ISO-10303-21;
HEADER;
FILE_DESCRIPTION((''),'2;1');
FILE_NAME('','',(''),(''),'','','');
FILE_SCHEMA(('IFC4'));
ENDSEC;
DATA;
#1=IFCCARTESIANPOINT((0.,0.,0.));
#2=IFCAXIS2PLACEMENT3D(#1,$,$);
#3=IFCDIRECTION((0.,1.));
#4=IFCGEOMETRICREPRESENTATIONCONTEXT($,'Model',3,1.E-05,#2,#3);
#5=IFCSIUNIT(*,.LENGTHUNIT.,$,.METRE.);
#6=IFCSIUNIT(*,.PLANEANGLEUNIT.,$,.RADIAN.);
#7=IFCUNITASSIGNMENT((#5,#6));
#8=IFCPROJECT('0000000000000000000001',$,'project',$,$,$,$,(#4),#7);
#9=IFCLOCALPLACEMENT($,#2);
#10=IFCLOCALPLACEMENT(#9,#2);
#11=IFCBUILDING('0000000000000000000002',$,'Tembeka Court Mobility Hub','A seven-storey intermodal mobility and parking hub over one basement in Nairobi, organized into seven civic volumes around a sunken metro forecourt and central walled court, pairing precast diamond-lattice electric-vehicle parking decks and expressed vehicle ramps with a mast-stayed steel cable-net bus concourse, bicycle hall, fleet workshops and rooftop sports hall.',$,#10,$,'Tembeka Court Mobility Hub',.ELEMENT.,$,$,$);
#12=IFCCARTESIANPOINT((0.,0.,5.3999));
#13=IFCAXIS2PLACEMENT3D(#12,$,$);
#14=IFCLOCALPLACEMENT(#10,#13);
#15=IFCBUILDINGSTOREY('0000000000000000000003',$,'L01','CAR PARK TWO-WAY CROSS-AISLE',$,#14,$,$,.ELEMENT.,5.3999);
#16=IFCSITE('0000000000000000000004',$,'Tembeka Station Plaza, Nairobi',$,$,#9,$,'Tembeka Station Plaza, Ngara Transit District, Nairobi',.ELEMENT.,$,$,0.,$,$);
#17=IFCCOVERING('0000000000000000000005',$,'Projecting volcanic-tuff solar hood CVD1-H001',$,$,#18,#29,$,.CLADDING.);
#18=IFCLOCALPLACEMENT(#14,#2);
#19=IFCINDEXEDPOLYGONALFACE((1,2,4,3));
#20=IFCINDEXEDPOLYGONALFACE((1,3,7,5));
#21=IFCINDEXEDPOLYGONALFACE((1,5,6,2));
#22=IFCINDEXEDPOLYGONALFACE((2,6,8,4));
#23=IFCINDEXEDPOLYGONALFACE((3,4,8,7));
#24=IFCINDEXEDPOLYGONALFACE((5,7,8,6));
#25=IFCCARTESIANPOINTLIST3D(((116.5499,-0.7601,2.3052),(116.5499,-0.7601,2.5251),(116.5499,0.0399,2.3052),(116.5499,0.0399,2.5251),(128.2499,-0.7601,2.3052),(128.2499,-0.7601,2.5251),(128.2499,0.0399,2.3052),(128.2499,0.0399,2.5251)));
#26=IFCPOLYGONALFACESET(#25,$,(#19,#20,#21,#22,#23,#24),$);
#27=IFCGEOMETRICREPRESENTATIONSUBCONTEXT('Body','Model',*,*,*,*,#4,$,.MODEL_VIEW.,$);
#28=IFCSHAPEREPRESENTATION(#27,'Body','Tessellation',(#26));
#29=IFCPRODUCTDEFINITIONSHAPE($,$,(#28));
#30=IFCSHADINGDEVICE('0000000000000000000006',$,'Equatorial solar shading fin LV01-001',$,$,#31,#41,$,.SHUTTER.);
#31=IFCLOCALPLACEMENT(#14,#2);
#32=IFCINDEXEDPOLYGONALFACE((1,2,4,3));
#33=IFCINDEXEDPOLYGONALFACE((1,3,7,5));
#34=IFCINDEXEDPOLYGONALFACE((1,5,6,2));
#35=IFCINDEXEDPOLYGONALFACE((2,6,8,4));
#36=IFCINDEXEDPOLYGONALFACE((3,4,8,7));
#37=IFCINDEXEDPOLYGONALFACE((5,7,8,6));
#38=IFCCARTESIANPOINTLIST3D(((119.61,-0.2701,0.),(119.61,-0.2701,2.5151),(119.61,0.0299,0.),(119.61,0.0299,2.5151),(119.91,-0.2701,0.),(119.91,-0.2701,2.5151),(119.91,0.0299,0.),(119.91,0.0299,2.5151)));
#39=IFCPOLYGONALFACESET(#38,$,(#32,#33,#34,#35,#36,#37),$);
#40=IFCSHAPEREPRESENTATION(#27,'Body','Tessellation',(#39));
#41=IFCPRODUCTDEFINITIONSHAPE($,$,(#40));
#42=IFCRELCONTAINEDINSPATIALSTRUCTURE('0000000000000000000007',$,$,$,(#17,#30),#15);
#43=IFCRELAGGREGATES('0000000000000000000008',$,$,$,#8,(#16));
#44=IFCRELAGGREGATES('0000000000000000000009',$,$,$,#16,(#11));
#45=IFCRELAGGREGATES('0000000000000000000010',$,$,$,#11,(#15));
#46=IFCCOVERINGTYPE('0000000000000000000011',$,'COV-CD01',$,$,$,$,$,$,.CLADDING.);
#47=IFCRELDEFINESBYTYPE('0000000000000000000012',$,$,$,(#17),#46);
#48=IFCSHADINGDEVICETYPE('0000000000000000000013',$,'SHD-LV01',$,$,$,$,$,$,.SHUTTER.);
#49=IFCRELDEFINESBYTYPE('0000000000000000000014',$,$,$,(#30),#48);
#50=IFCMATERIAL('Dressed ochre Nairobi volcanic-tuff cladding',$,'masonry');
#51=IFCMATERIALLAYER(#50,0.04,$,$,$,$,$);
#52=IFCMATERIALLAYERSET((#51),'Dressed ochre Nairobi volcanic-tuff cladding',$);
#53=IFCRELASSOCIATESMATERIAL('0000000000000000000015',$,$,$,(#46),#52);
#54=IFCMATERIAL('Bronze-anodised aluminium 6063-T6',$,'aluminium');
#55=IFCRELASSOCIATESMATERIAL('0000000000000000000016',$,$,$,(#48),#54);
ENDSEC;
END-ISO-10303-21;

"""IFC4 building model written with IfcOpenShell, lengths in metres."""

from ifc_helpers import new_model, si_unit, direction, frame, origin, origin_2d, place, context, subcontext, project, spatial, rectangle, extrude, material, layer, layer_set, material_profile, profile_set, type_object, element, save


model = new_model("IFC4")

# Units and contexts
model_context = context("Model", 3, precision=1e-05, world=origin(), true_north=direction((0.0, 1.0)))
body_context = subcontext(model_context, "Body", "Model", "MODEL_VIEW")
ifc_project = project(units=[si_unit("LENGTHUNIT", "METRE"), si_unit("PLANEANGLEUNIT", "RADIAN")], contexts=[model_context])

# Site, building, storey
site_placement = place(None, origin())
site = spatial("IfcSite", under=ifc_project, at=site_placement, Name="Tembeka Station Plaza, Nairobi", LongName="Tembeka Station Plaza, Ngara Transit District, Nairobi", CompositionType="ELEMENT", RefElevation=0.0)
building_placement = place(site_placement, origin())
building = spatial("IfcBuilding", under=site, at=building_placement, Name="Tembeka Court Mobility Hub", Description="A seven-storey intermodal mobility and parking hub over one basement in Nairobi, organized into seven civic volumes around a sunken metro forecourt and central walled court, pairing precast diamond-lattice electric-vehicle parking decks and expressed vehicle ramps with a mast-stayed steel cable-net bus concourse, bicycle hall, fleet workshops and rooftop sports hall.", LongName="Tembeka Court Mobility Hub", CompositionType="ELEMENT")
storey_placement = place(building_placement, frame((0.0, 0.0, 5.3999)))
storey = spatial("IfcBuildingStorey", under=building, at=storey_placement, Name="L01", Description="CAR PARK TWO-WAY CROSS-AISLE", CompositionType="ELEMENT", Elevation=5.3999)

# Covering
ifc_material_1 = material(Name="Dressed ochre Nairobi volcanic-tuff cladding", Category="masonry")
ifc_layer_1 = layer(ifc_material_1, 0.04)
ifc_layer_set_1 = layer_set([ifc_layer_1], Name="Dressed ochre Nairobi volcanic-tuff cladding")
covering_type = type_object("IfcCoveringType", Name="COV-CD01", PredefinedType="CLADDING", material=ifc_layer_set_1)
covering_placement = place(storey_placement, frame((122.3999, -0.3601, 2.3052), z_axis=(0.0, 0.0, 1.0), x_axis=(1.0, 0.0, 0.0)))
element("IfcCovering", 1, at=covering_placement, inside=storey, type_object=covering_type, Name="Projecting volcanic-tuff solar hood CVD1-H001", PredefinedType="CLADDING", context=body_context, shape_type="SweptSolid", body=[
    extrude(rectangle(XDim=11.7, YDim=0.8, at=origin_2d()), origin(), (0.0, 0.0, 1.0), 0.22),
])

# Shading device
ifc_material_2 = material(Name="Bronze-anodised aluminium 6063-T6", Category="aluminium")
ifc_material_profile_1 = material_profile(ifc_material_2, rectangle(XDim=0.3, YDim=0.3, at=origin_2d()), Name="ALU-LVR 300x300")
ifc_profile_set_1 = profile_set([ifc_material_profile_1], Name="Bronze-anodised aluminium 6063-T6")
shading_device_type = type_object("IfcShadingDeviceType", Name="SHD-LV01", PredefinedType="SHUTTER", material=ifc_profile_set_1)
shading_device_placement = place(storey_placement, frame((119.76, -0.1201, 0.0), z_axis=(0.0, 0.0, 1.0), x_axis=(1.0, 0.0, 0.0)))
element("IfcShadingDevice", 2, at=shading_device_placement, inside=storey, type_object=shading_device_type, Name="Equatorial solar shading fin LV01-001", PredefinedType="SHUTTER", context=body_context, shape_type="SweptSolid", body=[
    extrude(rectangle(XDim=0.3, YDim=0.3, at=origin_2d()), origin(), (0.0, 0.0, 1.0), 2.5151),
])

save(model, "model.ifc")
